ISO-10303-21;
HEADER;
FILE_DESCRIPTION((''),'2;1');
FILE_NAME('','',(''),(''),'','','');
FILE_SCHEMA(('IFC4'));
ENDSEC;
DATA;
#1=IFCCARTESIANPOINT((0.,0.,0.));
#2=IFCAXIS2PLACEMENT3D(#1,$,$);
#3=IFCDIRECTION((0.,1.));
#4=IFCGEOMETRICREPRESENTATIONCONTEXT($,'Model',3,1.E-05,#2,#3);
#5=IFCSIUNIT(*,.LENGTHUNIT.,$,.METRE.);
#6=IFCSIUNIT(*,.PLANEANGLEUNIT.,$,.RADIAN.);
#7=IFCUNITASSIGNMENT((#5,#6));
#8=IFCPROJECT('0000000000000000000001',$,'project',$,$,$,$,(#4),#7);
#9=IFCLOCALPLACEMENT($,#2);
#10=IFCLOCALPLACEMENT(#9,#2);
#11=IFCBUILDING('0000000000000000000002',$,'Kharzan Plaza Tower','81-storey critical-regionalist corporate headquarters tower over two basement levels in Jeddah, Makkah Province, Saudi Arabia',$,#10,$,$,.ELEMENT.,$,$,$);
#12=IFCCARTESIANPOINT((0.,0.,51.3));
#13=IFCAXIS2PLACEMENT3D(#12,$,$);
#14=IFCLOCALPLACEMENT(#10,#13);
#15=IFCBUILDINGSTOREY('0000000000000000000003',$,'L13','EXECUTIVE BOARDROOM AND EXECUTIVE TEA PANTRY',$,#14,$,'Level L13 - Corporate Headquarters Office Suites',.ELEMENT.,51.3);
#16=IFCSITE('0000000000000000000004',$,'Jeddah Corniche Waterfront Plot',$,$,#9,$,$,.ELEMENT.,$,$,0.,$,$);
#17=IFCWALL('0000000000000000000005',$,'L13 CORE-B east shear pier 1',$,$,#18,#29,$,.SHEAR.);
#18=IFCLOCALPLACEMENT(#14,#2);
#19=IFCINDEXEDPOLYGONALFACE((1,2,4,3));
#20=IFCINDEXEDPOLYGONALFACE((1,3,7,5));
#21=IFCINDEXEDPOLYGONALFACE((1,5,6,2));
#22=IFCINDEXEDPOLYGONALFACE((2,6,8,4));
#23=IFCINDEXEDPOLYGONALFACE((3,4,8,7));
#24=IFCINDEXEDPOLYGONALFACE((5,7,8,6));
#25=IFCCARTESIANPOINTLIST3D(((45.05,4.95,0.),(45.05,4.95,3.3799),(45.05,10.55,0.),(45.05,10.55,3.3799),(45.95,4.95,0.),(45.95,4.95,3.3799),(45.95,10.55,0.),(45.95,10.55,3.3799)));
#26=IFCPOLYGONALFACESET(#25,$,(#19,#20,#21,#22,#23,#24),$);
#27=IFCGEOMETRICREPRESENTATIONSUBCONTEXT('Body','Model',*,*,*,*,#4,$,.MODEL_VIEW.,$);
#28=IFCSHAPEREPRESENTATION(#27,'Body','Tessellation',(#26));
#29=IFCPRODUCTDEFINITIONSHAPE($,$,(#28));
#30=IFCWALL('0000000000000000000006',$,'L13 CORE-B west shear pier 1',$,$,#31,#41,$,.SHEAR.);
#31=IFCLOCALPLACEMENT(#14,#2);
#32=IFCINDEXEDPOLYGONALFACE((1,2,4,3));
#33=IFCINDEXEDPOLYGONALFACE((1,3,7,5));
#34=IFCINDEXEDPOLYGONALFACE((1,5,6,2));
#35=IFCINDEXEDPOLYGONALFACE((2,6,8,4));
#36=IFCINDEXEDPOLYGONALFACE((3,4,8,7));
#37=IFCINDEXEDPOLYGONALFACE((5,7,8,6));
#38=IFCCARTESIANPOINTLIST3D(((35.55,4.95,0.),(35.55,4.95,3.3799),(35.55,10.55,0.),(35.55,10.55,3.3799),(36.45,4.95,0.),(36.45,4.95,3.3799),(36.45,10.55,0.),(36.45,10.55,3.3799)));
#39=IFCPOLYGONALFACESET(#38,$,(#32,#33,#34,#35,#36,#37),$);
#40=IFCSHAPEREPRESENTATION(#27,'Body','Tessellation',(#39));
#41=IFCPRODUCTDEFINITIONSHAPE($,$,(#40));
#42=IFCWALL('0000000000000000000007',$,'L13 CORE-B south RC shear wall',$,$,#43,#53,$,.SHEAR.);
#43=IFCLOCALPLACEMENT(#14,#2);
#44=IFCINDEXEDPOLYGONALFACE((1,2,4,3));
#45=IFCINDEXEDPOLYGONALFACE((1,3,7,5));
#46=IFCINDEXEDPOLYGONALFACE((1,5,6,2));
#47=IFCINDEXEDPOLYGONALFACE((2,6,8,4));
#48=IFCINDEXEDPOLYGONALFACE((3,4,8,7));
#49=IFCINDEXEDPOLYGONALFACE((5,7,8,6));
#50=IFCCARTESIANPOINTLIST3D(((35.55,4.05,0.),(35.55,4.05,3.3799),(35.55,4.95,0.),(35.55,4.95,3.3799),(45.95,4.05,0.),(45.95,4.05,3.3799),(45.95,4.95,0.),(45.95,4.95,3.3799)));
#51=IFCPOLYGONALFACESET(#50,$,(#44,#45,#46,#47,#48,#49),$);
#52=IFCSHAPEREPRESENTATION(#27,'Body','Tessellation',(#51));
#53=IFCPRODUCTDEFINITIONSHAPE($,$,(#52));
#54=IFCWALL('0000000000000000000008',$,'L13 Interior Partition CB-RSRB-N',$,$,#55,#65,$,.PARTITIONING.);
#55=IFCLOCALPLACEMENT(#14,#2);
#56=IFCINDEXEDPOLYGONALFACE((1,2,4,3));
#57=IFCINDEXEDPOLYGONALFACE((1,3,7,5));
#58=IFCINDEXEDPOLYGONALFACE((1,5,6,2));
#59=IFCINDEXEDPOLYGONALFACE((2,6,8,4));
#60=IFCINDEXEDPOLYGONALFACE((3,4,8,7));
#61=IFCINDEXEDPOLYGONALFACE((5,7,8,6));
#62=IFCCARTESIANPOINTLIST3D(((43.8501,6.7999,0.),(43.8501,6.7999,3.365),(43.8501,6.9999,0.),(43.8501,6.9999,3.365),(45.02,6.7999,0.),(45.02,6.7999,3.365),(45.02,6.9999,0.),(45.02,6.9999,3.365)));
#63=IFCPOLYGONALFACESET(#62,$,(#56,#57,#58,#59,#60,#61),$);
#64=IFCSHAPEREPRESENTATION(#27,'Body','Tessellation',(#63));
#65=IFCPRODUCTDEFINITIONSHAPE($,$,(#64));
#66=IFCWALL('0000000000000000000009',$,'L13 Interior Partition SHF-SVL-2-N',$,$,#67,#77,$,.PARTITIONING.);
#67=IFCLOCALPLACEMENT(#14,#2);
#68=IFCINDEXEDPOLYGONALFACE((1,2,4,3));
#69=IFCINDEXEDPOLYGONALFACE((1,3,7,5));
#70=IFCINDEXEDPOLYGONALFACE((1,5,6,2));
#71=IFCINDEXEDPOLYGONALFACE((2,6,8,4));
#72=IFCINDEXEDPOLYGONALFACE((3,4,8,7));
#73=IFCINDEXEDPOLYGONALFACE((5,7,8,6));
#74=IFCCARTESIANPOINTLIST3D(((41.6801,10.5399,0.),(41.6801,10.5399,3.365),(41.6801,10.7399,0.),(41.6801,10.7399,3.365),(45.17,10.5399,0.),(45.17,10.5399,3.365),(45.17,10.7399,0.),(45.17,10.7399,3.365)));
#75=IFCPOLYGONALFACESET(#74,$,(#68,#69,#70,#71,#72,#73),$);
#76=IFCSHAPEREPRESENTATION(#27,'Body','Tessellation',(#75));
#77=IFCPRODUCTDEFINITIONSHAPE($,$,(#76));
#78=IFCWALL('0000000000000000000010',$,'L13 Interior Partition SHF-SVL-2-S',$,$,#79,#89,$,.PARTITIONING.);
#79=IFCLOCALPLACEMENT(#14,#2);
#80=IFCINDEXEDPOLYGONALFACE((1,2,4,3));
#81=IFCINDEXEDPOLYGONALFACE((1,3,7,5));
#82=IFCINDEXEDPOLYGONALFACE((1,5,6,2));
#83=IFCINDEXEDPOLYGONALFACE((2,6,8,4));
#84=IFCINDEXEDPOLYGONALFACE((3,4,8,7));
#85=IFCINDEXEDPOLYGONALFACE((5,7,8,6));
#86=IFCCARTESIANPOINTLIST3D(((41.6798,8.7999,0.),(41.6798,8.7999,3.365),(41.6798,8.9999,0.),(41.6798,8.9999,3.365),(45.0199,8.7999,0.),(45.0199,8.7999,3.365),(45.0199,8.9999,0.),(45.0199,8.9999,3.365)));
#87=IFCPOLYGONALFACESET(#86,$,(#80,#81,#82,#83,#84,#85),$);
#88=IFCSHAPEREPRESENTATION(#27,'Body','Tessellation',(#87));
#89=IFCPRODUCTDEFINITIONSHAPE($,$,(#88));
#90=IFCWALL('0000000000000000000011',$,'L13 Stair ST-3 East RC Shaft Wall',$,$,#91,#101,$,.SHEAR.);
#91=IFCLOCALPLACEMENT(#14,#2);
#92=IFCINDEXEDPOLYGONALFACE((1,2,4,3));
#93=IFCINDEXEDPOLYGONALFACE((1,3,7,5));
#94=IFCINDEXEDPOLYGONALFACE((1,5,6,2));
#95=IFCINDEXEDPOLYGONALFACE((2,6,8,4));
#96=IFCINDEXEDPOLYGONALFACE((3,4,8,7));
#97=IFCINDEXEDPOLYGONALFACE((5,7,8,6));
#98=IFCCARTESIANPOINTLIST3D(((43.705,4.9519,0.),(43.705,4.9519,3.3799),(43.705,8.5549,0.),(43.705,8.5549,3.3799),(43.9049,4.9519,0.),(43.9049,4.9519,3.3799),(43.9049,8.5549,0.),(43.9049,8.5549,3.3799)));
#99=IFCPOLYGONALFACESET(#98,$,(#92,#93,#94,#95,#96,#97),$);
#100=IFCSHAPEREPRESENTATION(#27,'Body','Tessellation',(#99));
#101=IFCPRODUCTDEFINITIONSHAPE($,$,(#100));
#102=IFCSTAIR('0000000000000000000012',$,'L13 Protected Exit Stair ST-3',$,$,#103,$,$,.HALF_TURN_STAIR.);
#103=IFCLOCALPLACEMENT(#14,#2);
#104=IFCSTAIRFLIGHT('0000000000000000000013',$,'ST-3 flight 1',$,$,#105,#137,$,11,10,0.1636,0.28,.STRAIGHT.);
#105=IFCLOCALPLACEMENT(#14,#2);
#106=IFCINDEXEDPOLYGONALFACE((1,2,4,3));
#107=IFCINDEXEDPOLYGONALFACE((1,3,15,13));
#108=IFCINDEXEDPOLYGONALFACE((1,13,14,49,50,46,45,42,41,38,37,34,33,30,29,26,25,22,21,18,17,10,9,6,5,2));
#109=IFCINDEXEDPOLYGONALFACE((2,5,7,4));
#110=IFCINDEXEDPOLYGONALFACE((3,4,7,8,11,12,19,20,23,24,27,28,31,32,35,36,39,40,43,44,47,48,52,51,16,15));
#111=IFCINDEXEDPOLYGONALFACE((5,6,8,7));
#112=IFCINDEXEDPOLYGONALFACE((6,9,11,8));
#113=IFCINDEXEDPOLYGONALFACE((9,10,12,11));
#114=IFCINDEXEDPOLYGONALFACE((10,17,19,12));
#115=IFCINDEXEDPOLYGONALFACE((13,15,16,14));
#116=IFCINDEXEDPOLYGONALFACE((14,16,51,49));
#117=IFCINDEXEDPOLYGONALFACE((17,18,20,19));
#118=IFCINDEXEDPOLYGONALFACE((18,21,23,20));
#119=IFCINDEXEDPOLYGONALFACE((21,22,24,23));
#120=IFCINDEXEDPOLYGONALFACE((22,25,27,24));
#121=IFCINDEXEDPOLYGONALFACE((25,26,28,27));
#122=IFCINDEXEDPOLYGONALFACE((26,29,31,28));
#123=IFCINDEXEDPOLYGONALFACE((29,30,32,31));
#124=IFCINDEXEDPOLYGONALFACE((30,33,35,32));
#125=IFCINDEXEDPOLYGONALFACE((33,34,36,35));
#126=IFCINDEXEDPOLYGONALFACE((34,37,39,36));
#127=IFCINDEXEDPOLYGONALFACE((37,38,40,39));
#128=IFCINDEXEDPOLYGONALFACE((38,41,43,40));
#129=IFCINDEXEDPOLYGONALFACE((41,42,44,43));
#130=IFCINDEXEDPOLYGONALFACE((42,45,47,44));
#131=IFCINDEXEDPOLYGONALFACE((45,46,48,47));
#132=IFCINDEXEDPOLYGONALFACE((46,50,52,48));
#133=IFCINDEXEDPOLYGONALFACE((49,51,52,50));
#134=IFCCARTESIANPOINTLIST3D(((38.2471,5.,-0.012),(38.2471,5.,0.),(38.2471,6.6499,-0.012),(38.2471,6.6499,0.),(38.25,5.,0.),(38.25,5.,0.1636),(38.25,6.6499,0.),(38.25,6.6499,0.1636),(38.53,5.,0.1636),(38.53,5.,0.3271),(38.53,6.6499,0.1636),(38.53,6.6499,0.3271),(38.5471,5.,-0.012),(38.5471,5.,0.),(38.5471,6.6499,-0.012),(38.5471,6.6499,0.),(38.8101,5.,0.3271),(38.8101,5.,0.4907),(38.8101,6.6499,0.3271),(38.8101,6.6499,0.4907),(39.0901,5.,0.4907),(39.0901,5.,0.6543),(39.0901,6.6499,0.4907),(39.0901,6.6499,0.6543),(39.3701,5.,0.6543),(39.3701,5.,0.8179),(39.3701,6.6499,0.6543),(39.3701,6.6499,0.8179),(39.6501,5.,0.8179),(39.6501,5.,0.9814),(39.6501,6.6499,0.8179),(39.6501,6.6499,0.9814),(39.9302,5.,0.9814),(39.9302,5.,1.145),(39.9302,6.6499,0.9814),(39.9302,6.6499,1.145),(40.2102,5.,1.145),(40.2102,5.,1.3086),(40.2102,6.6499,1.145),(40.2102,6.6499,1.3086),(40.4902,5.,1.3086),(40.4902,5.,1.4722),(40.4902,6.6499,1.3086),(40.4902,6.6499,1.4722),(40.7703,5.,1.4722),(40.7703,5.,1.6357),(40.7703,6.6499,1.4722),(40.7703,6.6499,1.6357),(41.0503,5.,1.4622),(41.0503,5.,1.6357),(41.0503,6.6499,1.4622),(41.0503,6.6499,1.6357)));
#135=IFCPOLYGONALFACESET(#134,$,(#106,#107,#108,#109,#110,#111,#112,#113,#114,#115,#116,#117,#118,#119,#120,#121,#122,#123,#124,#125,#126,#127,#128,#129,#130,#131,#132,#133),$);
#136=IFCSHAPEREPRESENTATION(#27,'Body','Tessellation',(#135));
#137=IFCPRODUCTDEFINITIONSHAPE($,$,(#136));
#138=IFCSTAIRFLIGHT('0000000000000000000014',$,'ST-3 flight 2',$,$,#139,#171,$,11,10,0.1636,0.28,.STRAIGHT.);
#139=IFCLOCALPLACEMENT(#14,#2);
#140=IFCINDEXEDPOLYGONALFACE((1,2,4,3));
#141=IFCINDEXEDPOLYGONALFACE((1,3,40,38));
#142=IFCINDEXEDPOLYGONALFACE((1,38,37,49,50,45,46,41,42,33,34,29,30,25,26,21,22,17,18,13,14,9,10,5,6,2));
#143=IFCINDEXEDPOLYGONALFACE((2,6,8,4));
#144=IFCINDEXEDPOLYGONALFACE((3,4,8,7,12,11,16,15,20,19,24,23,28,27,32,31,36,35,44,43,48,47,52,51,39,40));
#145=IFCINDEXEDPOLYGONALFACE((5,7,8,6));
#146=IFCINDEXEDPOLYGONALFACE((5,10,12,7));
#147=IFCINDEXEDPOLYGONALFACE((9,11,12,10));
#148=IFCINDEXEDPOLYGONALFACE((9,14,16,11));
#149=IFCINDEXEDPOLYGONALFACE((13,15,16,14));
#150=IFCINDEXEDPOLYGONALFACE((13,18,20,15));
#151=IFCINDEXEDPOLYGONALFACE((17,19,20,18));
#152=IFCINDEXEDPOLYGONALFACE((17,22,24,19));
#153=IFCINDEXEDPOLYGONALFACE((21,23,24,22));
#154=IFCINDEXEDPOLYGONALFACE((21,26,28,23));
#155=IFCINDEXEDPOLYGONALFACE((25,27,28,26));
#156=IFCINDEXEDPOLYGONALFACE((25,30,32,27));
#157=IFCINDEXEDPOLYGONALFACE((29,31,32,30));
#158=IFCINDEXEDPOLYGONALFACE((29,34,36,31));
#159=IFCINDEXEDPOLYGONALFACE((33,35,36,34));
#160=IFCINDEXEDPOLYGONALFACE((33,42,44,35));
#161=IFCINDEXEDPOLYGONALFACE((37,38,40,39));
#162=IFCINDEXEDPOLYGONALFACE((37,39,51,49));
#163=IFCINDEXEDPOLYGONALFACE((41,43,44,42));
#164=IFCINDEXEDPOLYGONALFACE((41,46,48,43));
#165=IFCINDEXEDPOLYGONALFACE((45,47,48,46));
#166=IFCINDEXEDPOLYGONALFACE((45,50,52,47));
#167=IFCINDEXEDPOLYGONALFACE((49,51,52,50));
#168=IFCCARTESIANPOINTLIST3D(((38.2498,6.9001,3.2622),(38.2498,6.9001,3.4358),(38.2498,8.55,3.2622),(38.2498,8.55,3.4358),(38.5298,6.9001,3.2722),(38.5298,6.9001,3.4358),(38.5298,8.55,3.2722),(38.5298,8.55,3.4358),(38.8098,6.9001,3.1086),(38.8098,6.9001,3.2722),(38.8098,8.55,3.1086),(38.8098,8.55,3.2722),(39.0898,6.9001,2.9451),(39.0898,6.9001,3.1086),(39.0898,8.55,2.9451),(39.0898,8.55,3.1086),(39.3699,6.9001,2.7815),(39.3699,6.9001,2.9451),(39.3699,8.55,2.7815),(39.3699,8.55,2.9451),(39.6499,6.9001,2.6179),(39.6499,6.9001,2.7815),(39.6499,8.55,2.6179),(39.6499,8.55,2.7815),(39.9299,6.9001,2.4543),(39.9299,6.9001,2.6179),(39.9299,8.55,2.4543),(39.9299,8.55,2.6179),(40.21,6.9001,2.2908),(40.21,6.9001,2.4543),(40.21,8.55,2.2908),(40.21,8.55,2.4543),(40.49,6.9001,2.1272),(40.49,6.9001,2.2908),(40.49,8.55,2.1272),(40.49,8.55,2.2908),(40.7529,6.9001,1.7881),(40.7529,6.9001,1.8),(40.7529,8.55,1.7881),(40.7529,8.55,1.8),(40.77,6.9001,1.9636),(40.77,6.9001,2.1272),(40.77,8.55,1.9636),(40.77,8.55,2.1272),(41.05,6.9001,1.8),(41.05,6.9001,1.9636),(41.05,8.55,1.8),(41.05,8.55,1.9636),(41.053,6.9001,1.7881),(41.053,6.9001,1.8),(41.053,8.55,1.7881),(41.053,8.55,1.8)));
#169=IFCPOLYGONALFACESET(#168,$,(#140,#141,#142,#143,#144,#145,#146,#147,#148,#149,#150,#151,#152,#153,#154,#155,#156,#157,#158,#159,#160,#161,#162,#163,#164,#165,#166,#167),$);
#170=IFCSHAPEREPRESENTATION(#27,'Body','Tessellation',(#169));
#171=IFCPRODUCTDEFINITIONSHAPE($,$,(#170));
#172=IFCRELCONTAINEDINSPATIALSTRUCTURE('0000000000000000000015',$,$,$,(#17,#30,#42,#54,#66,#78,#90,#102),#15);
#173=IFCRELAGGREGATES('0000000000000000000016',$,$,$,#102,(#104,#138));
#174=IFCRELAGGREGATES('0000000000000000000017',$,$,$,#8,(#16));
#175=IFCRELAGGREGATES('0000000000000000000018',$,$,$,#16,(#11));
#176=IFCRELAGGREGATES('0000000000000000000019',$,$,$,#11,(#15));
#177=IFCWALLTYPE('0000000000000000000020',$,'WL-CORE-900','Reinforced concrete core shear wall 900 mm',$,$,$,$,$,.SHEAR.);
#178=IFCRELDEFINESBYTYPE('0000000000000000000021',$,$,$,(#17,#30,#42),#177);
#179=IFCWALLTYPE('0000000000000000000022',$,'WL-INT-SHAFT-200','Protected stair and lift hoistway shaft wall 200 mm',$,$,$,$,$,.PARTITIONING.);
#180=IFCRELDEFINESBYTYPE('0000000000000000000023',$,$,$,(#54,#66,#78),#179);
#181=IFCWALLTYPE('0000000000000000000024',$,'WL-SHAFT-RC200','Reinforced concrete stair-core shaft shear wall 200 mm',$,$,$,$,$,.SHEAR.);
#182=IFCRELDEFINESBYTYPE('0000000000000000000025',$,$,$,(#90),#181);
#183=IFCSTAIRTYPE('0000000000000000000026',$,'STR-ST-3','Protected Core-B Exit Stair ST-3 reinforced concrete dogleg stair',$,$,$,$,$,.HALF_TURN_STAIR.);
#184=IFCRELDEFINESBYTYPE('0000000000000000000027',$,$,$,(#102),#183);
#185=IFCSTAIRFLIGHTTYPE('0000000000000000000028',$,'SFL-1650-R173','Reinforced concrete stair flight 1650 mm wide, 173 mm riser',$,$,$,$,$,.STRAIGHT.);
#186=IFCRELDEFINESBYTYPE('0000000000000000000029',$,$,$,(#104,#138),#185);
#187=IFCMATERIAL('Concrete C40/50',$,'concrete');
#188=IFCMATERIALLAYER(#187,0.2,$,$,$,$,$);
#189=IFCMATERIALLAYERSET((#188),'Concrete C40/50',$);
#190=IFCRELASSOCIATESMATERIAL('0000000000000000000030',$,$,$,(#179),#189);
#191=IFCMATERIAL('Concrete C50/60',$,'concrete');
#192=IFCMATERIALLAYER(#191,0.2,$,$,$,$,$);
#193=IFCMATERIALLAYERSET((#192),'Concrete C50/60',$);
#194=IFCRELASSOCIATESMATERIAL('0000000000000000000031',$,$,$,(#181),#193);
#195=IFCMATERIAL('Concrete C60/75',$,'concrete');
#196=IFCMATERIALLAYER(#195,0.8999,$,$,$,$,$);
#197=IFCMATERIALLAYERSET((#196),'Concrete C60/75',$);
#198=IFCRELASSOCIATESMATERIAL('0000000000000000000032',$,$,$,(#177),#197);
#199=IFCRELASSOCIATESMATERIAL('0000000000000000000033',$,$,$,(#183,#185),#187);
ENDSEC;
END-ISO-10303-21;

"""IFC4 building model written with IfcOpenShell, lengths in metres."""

from ifc_helpers import new_model, si_unit, direction, frame, frame_2d, origin, place, context, subcontext, project, spatial, polyline, rectangle, outline, extrude, source, transform, mapped, material, layer, layer_set, type_object, element, aggregate, save


model = new_model("IFC4")

# Units and contexts
model_context = context("Model", 3, precision=1e-05, world=origin(), true_north=direction((0.0, 1.0)))
body_context = subcontext(model_context, "Body", "Model", "MODEL_VIEW")
ifc_project = project(units=[si_unit("LENGTHUNIT", "METRE"), si_unit("PLANEANGLEUNIT", "RADIAN")], contexts=[model_context])

# Site, building, storey
site_placement = place(None, origin())
site = spatial("IfcSite", under=ifc_project, at=site_placement, Name="Jeddah Corniche Waterfront Plot", CompositionType="ELEMENT", RefElevation=0.0)
building_placement = place(site_placement, origin())
building = spatial("IfcBuilding", under=site, at=building_placement, Name="Kharzan Plaza Tower", Description="81-storey critical-regionalist corporate headquarters tower over two basement levels in Jeddah, Makkah Province, Saudi Arabia", CompositionType="ELEMENT")
storey_placement = place(building_placement, frame((0.0, 0.0, 51.3)))
storey = spatial("IfcBuildingStorey", under=building, at=storey_placement, Name="L13", Description="EXECUTIVE BOARDROOM AND EXECUTIVE TEA PANTRY", LongName="Level L13 - Corporate Headquarters Office Suites", CompositionType="ELEMENT", Elevation=51.3)

# Shared definitions
ifc_material_1 = material(Name="Concrete C60/75", Category="concrete")

# Shared definitions
ifc_material_2 = material(Name="Concrete C40/50", Category="concrete")

# Shared definitions
ifc_layer_1 = layer(ifc_material_2, 0.2)
ifc_layer_set_1 = layer_set([ifc_layer_1], Name="Concrete C40/50")
wall_type_1 = type_object("IfcWallType", Name="WL-INT-SHAFT-200", Description="Protected stair and lift hoistway shaft wall 200 mm", PredefinedType="PARTITIONING", material=ifc_layer_set_1)
ifc_material_3 = material(Name="Concrete C50/60", Category="concrete")
ifc_layer_2 = layer(ifc_material_3, 0.2)
ifc_layer_set_2 = layer_set([ifc_layer_2], Name="Concrete C50/60")
wall_type_2 = type_object("IfcWallType", Name="WL-SHAFT-RC200", Description="Reinforced concrete stair-core shaft shear wall 200 mm", PredefinedType="SHEAR", material=ifc_layer_set_2)

# Walls
ifc_layer_3 = layer(ifc_material_1, 0.8999)
ifc_layer_set_3 = layer_set([ifc_layer_3], Name="Concrete C60/75")
wall_type_3 = type_object("IfcWallType", Name="WL-CORE-900", Description="Reinforced concrete core shear wall 900 mm", PredefinedType="SHEAR", material=ifc_layer_set_3)
shared_shape_1 = source(origin(), body_context, "Body", "SweptSolid", [
    extrude(rectangle(XDim=5.6001, YDim=0.8999, at=frame_2d((2.8, 0.0))), origin(), (0.0, 0.0, 1.0), 3.3799),
])
for number, where, z_axis, x_axis, name in (
    (1, (45.5, 4.95, 0.0), (0.0, 0.0, 1.0), (0.0, 1.0, 0.0), "L13 CORE-B east shear pier 1"),
    (2, (36.0, 4.95, 0.0), (0.0, 0.0, 1.0), (0.0, 1.0, 0.0), "L13 CORE-B west shear pier 1"),
):
    element("IfcWall", number, at=place(storey_placement, frame(where, z_axis=z_axis, x_axis=x_axis)), inside=storey, type_object=wall_type_3, Name=name, PredefinedType="SHEAR", context=body_context, shape_type="MappedRepresentation", body=[
        mapped(shared_shape_1, transform((0.0, 0.0, 0.0), x_axis=(1.0, 0.0, 0.0), y_axis=(0.0, 1.0, 0.0), z_axis=(0.0, 0.0, 1.0))),
    ])
shared_shape_2 = source(origin(), body_context, "Body", "SweptSolid", [
    extrude(rectangle(XDim=10.3999, YDim=0.8999, at=frame_2d((5.2, 0.0))), origin(), (0.0, 0.0, 1.0), 3.3799),
])
wall_1_placement = place(storey_placement, frame((35.55, 4.5, 0.0), z_axis=(0.0, 0.0, 1.0), x_axis=(1.0, 0.0, 0.0)))
element("IfcWall", 3, at=wall_1_placement, inside=storey, type_object=wall_type_3, Name="L13 CORE-B south RC shear wall", PredefinedType="SHEAR", context=body_context, shape_type="MappedRepresentation", body=[
    mapped(shared_shape_2, transform((0.0, 0.0, 0.0), x_axis=(1.0, 0.0, 0.0), y_axis=(0.0, 1.0, 0.0), z_axis=(0.0, 0.0, 1.0))),
])
shared_shape_3 = source(origin(), body_context, "Body", "SweptSolid", [
    extrude(rectangle(XDim=1.1699, YDim=0.2, at=frame_2d((0.585, 0.0))), origin(), (0.0, 0.0, 1.0), 3.365),
])
wall_2_placement = place(storey_placement, frame((43.8501, 6.8999, 0.0), z_axis=(0.0, 0.0, 1.0), x_axis=(1.0, 0.0, 0.0)))
element("IfcWall", 4, at=wall_2_placement, inside=storey, type_object=wall_type_1, Name="L13 Interior Partition CB-RSRB-N", PredefinedType="PARTITIONING", context=body_context, shape_type="MappedRepresentation", body=[
    mapped(shared_shape_3, transform((0.0, 0.0, 0.0), x_axis=(1.0, 0.0, 0.0), y_axis=(0.0, 1.0, 0.0), z_axis=(0.0, 0.0, 1.0))),
])
shared_shape_4 = source(origin(), body_context, "Body", "SweptSolid", [
    extrude(rectangle(XDim=3.49, YDim=0.2, at=frame_2d((1.7451, 0.0))), origin(), (0.0, 0.0, 1.0), 3.365),
])
wall_3_placement = place(storey_placement, frame((41.6799, 10.6399, 0.0), z_axis=(0.0, 0.0, 1.0), x_axis=(1.0, 0.0, 0.0)))
element("IfcWall", 5, at=wall_3_placement, inside=storey, type_object=wall_type_1, Name="L13 Interior Partition SHF-SVL-2-N", PredefinedType="PARTITIONING", context=body_context, shape_type="MappedRepresentation", body=[
    mapped(shared_shape_4, transform((0.0, 0.0, 0.0), x_axis=(1.0, 0.0, 0.0), y_axis=(0.0, 1.0, 0.0), z_axis=(0.0, 0.0, 1.0))),
])
shared_shape_5 = source(origin(), body_context, "Body", "SweptSolid", [
    extrude(rectangle(XDim=3.3401, YDim=0.2, at=frame_2d((1.6699, 0.0))), origin(), (0.0, 0.0, 1.0), 3.365),
])
wall_4_placement = place(storey_placement, frame((41.6799, 8.8999, 0.0), z_axis=(0.0, 0.0, 1.0), x_axis=(1.0, 0.0, 0.0)))
element("IfcWall", 6, at=wall_4_placement, inside=storey, type_object=wall_type_1, Name="L13 Interior Partition SHF-SVL-2-S", PredefinedType="PARTITIONING", context=body_context, shape_type="MappedRepresentation", body=[
    mapped(shared_shape_5, transform((0.0, 0.0, 0.0), x_axis=(1.0, 0.0, 0.0), y_axis=(0.0, 1.0, 0.0), z_axis=(0.0, 0.0, 1.0))),
])
shared_shape_6 = source(origin(), body_context, "Body", "SweptSolid", [
    extrude(rectangle(XDim=3.603, YDim=0.2, at=frame_2d((1.8015, 0.0))), origin(), (0.0, 0.0, 1.0), 3.3799),
])
wall_5_placement = place(storey_placement, frame((43.8049, 4.9519, 0.0), z_axis=(0.0, 0.0, 1.0), x_axis=(0.0, 1.0, 0.0)))
element("IfcWall", 7, at=wall_5_placement, inside=storey, type_object=wall_type_2, Name="L13 Stair ST-3 East RC Shaft Wall", PredefinedType="SHEAR", context=body_context, shape_type="MappedRepresentation", body=[
    mapped(shared_shape_6, transform((0.0, 0.0, 0.0), x_axis=(1.0, 0.0, 0.0), y_axis=(0.0, 1.0, 0.0), z_axis=(0.0, 0.0, 1.0))),
])

# Stair, stair flights
stair_type = type_object("IfcStairType", Name="STR-ST-3", Description="Protected Core-B Exit Stair ST-3 reinforced concrete dogleg stair", PredefinedType="HALF_TURN_STAIR", material=ifc_material_2)
stair_placement = place(storey_placement, origin())
stair = element("IfcStair", 8, at=stair_placement, inside=storey, type_object=stair_type, Name="L13 Protected Exit Stair ST-3", PredefinedType="HALF_TURN_STAIR")
stair_flight_type = type_object("IfcStairFlightType", Name="SFL-1650-R173", Description="Reinforced concrete stair flight 1650 mm wide, 173 mm riser", PredefinedType="STRAIGHT", material=ifc_material_2)
shared_shape_7 = source(origin(), body_context, "Body", "SweptSolid", [
    extrude(outline(polyline([(-0.0029, -0.012), (-0.0029, 0.0), (0.0, 0.0), (0.0, 0.1636), (0.28, 0.1636), (0.28, 0.3271), (0.5601, 0.3271), (0.5601, 0.4907), (0.8401, 0.4907), (0.8401, 0.6543), (1.1201, 0.6543), (1.1201, 0.8179), (1.4001, 0.8179), (1.4001, 0.9814), (1.6802, 0.9814), (1.6802, 1.145), (1.9602, 1.145), (1.9602, 1.3086), (2.2402, 1.3086), (2.2402, 1.4722), (2.5203, 1.4722), (2.5203, 1.6357), (2.8003, 1.6357), (2.8003, 1.7993), (2.8003, 1.4622), (0.2971, 0.0), (0.2971, -0.012), (-0.0029, -0.012)])), frame((0.0, 0.825, 0.0), z_axis=(0.0, -1.0, 0.0), x_axis=(1.0, 0.0, 0.0)), (0.0, 0.0, 1.0), 1.6499),
])
stair_flight_1_placement = place(storey_placement, frame((38.25, 5.825, 0.0), z_axis=(0.0, 0.0, 1.0), x_axis=(1.0, 0.0, 0.0)))
stair_flight_1 = element("IfcStairFlight", 9, at=stair_flight_1_placement, type_object=stair_flight_type, Name="ST-3 flight 1", NumberOfRisers=11, NumberOfTreads=10, PredefinedType="STRAIGHT", RiserHeight=0.1636, TreadLength=0.28, context=body_context, shape_type="MappedRepresentation", body=[
    mapped(shared_shape_7, transform((0.0, 0.0, 0.0), x_axis=(1.0, 0.0, 0.0), y_axis=(0.0, 1.0, 0.0), z_axis=(0.0, 0.0, 1.0))),
])
stair_flight_2_placement = place(storey_placement, frame((41.05, 7.7251, 1.8), z_axis=(0.0, 0.0, 1.0), x_axis=(-1.0, 0.0, 0.0)))
stair_flight_2 = element("IfcStairFlight", 10, at=stair_flight_2_placement, type_object=stair_flight_type, Name="ST-3 flight 2", NumberOfRisers=11, NumberOfTreads=10, PredefinedType="STRAIGHT", RiserHeight=0.1636, TreadLength=0.28, context=body_context, shape_type="MappedRepresentation", body=[
    mapped(shared_shape_7, transform((0.0, 0.0, 0.0), x_axis=(1.0, 0.0, 0.0), y_axis=(0.0, 1.0, 0.0), z_axis=(0.0, 0.0, 1.0))),
])
aggregate(stair, [stair_flight_1, stair_flight_2])

save(model, "model.ifc")
